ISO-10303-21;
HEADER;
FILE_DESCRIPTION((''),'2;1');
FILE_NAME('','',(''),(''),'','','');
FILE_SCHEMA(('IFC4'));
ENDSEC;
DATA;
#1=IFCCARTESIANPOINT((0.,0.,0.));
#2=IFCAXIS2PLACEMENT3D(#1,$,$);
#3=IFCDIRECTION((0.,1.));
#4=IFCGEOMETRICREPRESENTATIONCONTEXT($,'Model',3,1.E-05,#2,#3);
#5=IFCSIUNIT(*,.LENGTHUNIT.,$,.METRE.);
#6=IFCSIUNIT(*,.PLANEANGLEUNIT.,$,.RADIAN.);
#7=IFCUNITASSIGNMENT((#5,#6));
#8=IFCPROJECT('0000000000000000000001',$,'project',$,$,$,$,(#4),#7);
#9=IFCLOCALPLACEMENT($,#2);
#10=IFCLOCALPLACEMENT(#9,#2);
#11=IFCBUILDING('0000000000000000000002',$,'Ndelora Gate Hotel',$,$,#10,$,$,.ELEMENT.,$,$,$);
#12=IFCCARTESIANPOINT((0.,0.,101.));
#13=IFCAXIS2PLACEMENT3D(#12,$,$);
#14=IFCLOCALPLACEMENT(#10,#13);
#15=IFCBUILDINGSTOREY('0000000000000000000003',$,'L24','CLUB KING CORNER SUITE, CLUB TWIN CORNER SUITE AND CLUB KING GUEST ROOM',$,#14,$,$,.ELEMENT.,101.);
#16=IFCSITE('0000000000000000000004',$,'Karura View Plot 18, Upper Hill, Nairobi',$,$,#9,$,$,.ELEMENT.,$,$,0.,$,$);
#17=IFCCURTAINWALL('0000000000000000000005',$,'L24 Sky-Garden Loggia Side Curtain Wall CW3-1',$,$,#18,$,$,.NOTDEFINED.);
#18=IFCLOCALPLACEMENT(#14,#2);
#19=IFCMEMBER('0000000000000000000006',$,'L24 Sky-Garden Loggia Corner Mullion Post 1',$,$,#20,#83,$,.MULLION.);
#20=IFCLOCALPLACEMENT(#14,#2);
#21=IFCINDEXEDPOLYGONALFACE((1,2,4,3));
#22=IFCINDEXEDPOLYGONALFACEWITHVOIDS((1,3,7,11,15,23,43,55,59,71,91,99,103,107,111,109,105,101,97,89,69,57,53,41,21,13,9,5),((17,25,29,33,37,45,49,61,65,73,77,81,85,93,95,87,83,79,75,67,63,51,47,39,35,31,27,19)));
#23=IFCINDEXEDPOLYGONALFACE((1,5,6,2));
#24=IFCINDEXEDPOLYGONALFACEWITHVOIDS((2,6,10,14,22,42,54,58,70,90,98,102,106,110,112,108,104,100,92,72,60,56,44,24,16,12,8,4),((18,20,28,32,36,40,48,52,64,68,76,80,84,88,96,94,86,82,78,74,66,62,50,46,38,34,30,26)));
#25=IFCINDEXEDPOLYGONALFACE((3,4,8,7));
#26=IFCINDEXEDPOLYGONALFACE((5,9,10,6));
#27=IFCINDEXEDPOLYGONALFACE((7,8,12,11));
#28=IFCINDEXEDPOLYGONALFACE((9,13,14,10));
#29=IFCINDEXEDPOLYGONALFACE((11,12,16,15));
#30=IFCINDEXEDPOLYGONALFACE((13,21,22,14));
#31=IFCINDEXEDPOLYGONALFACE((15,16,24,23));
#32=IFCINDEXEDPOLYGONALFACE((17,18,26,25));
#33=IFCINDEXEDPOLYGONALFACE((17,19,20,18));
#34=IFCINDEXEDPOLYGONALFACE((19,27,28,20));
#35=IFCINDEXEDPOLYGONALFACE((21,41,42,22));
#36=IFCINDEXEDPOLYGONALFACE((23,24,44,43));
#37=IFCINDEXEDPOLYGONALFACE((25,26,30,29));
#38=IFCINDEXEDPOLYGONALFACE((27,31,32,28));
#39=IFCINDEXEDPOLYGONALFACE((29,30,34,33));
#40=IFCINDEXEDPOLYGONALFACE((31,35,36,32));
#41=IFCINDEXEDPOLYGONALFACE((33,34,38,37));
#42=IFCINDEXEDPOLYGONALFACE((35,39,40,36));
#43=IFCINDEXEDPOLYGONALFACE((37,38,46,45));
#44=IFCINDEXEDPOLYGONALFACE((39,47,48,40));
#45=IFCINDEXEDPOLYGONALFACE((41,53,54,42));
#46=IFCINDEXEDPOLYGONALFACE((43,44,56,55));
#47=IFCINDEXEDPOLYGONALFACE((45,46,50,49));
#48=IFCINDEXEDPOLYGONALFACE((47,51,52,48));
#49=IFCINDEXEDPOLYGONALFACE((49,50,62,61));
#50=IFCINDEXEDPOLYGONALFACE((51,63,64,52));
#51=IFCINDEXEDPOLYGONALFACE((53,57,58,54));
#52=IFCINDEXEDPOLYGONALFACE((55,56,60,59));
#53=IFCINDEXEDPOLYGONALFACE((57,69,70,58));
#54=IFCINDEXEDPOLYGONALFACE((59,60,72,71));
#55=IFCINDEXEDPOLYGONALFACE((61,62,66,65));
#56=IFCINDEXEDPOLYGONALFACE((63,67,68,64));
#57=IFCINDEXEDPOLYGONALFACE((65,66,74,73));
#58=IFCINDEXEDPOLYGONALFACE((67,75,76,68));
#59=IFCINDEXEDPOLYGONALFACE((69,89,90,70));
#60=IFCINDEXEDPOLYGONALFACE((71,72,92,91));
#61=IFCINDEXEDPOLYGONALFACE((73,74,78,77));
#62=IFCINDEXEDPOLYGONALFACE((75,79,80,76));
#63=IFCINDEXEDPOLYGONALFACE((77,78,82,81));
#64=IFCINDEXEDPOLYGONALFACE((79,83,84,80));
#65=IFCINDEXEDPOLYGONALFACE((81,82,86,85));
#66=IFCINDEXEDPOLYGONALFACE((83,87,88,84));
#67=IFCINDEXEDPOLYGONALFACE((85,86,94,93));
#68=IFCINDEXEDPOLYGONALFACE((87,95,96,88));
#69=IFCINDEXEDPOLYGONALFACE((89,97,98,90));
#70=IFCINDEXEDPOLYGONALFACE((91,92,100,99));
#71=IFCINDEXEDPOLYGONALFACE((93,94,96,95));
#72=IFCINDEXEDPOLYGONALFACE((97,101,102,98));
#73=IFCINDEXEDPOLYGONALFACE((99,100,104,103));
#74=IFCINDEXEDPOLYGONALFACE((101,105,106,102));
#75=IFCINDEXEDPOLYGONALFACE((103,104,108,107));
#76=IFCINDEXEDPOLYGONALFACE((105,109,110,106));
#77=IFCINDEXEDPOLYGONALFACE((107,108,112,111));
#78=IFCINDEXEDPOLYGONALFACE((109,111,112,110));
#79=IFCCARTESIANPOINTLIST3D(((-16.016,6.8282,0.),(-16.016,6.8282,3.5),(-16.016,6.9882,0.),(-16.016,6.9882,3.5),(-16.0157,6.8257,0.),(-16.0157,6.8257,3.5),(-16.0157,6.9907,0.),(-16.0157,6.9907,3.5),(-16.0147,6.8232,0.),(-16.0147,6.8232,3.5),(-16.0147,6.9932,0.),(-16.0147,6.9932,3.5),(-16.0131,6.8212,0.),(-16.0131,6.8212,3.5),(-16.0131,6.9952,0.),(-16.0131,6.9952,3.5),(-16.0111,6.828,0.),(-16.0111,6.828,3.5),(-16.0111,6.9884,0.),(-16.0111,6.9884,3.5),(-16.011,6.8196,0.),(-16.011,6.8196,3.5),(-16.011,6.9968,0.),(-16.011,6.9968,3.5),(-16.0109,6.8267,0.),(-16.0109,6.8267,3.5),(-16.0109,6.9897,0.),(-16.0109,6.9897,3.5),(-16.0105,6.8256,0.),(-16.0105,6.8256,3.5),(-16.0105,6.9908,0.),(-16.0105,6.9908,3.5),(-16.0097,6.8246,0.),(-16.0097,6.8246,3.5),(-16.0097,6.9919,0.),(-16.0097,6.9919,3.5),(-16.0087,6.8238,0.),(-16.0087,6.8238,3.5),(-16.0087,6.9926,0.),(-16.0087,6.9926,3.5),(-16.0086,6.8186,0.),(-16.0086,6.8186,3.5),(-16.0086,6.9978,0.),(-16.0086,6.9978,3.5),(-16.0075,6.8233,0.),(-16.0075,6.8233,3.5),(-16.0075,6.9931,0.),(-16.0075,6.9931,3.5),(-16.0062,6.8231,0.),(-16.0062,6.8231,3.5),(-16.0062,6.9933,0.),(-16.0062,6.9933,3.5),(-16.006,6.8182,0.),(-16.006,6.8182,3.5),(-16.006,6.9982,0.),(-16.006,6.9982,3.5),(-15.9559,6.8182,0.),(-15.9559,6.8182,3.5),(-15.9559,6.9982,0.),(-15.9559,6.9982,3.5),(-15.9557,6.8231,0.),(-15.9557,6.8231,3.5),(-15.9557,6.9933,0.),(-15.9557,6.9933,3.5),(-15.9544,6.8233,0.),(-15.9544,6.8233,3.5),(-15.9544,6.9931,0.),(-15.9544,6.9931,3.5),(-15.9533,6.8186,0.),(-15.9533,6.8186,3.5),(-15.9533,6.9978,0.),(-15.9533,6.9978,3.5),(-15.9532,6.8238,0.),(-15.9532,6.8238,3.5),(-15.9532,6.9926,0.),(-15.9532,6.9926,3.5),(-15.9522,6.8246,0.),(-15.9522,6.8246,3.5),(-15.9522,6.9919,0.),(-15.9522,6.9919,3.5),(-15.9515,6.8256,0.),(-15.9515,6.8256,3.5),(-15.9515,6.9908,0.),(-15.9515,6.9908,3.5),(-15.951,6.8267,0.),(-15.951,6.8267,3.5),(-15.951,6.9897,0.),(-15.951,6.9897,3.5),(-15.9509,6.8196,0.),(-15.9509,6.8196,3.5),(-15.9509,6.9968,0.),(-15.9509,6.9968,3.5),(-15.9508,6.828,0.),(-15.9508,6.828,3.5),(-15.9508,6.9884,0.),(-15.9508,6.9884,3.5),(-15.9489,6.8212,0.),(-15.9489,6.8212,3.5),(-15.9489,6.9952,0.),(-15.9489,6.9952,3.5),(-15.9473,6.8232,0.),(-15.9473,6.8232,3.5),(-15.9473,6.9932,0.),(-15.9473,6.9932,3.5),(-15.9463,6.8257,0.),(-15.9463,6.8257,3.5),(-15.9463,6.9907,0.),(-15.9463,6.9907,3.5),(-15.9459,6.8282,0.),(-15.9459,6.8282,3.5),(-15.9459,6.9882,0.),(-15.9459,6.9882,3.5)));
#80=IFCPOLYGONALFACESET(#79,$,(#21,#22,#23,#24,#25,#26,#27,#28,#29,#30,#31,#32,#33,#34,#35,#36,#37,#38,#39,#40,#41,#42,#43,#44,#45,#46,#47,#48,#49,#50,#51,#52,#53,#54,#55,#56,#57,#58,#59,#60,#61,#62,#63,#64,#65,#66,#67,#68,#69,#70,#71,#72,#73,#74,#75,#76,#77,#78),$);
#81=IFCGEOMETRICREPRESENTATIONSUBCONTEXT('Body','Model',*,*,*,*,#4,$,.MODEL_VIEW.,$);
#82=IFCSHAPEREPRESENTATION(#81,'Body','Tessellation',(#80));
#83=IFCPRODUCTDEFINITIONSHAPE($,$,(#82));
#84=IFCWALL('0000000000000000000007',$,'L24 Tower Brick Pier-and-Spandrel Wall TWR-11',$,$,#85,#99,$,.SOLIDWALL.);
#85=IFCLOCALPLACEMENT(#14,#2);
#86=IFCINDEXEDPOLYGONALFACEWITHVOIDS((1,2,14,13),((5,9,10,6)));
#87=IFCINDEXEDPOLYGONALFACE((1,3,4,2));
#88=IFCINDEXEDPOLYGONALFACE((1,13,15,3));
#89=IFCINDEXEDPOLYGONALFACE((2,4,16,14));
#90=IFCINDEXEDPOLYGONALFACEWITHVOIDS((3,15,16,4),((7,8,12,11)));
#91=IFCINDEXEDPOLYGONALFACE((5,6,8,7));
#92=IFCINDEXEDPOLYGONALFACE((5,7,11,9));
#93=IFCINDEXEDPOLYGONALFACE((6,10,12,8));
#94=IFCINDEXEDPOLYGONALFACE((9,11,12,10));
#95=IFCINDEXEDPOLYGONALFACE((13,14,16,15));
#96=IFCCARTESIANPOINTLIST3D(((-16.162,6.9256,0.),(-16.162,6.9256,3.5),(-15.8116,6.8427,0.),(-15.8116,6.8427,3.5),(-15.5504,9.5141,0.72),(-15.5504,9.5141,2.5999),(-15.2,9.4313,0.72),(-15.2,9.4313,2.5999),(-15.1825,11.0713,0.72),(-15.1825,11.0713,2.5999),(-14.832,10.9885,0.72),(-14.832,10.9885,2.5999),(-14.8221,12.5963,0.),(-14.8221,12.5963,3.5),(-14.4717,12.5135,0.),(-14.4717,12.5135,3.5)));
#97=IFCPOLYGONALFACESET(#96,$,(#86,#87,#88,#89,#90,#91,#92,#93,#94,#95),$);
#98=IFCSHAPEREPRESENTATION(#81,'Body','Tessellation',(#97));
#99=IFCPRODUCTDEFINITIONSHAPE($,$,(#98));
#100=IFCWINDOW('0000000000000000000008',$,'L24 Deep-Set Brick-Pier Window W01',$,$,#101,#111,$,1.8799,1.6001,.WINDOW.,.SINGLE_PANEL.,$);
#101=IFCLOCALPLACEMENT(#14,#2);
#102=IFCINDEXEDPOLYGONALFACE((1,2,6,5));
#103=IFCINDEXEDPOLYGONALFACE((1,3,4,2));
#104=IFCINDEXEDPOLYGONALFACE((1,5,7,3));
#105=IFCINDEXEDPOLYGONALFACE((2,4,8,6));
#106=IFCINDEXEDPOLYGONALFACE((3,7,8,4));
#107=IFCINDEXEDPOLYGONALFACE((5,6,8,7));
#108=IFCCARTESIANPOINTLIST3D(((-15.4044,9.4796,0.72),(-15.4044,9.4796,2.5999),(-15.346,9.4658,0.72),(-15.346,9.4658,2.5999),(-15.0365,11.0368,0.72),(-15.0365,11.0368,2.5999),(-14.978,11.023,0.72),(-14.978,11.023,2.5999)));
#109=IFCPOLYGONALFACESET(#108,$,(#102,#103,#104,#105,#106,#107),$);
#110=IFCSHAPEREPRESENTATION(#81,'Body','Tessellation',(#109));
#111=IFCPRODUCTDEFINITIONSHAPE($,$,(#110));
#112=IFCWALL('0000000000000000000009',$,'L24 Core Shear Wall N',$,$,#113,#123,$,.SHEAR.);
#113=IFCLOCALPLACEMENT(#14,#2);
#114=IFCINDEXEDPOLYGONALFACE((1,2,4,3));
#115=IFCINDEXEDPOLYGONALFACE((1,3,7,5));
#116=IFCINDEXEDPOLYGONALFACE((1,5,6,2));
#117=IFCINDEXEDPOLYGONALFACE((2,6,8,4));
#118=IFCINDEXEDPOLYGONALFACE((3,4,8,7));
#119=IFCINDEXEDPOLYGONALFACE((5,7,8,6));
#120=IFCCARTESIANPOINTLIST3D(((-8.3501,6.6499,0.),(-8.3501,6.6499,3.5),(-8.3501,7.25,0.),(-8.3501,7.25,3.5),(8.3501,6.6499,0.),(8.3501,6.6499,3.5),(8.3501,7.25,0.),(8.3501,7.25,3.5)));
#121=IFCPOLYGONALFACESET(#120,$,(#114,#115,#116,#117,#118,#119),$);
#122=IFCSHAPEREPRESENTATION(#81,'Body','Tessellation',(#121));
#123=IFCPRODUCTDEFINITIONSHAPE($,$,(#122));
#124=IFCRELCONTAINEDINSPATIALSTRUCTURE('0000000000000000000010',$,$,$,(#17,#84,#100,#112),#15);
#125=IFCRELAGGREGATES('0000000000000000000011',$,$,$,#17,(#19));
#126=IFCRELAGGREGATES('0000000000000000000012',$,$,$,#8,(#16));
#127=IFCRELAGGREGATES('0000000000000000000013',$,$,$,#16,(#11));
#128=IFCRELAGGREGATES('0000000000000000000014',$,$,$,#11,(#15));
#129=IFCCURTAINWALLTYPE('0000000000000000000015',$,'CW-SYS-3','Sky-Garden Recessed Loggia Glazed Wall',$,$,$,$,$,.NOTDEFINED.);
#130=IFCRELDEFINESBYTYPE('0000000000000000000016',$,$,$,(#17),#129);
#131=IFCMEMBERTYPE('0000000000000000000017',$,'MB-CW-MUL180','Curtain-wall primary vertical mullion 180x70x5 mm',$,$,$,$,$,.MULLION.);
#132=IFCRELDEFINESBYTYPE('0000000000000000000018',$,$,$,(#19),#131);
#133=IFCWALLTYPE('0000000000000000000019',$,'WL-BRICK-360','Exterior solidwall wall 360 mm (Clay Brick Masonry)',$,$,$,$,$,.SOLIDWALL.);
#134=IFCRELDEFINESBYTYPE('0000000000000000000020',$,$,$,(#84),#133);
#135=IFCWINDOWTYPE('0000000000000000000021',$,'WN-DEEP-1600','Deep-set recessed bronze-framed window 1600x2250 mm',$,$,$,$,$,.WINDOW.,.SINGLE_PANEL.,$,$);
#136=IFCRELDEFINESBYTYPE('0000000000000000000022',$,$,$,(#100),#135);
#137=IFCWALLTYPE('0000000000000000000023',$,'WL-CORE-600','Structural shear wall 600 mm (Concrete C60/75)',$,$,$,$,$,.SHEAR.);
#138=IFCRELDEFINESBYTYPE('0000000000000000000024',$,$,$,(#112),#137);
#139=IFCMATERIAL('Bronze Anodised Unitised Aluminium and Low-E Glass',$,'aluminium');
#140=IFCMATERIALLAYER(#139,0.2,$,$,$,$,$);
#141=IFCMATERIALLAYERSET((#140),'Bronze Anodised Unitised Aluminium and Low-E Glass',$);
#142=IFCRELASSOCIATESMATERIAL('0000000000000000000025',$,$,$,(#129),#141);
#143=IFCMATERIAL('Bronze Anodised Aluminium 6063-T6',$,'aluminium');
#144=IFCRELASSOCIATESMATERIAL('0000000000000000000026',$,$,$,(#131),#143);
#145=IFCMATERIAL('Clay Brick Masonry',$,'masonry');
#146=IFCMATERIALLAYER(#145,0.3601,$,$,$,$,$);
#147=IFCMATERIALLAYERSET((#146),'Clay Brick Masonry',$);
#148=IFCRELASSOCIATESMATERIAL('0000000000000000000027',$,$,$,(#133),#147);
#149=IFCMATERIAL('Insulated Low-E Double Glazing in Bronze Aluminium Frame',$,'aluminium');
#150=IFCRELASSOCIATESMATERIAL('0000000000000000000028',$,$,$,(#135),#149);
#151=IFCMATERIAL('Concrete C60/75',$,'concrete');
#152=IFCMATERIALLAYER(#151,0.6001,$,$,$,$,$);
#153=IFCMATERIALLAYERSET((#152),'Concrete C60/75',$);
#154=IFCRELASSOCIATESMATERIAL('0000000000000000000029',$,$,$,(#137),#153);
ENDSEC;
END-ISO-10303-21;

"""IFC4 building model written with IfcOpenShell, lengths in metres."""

from ifc_helpers import new_model, si_unit, direction, frame, frame_2d, origin, origin_2d, place, context, subcontext, project, spatial, rectangle, hollow_rectangle, extrude, material, layer, layer_set, material_profile, profile_set, type_object, element, fill, aggregate, save


model = new_model("IFC4")

# Units and contexts
model_context = context("Model", 3, precision=1e-05, world=origin(), true_north=direction((0.0, 1.0)))
body_context = subcontext(model_context, "Body", "Model", "MODEL_VIEW")
ifc_project = project(units=[si_unit("LENGTHUNIT", "METRE"), si_unit("PLANEANGLEUNIT", "RADIAN")], contexts=[model_context])

# Site, building, storey
site_placement = place(None, origin())
site = spatial("IfcSite", under=ifc_project, at=site_placement, Name="Karura View Plot 18, Upper Hill, Nairobi", CompositionType="ELEMENT", RefElevation=0.0)
building_placement = place(site_placement, origin())
building = spatial("IfcBuilding", under=site, at=building_placement, Name="Ndelora Gate Hotel", CompositionType="ELEMENT")
storey_placement = place(building_placement, frame((0.0, 0.0, 101.0)))
storey = spatial("IfcBuildingStorey", under=building, at=storey_placement, Name="L24", Description="CLUB KING CORNER SUITE, CLUB TWIN CORNER SUITE AND CLUB KING GUEST ROOM", CompositionType="ELEMENT", Elevation=101.0)

# Shared definitions
ifc_material_1 = material(Name="Concrete C60/75", Category="concrete")

# Curtain wall, member
ifc_material_2 = material(Name="Bronze Anodised Unitised Aluminium and Low-E Glass", Category="aluminium")
ifc_layer_1 = layer(ifc_material_2, 0.2)
ifc_layer_set_1 = layer_set([ifc_layer_1], Name="Bronze Anodised Unitised Aluminium and Low-E Glass")
curtain_wall_type = type_object("IfcCurtainWallType", Name="CW-SYS-3", Description="Sky-Garden Recessed Loggia Glazed Wall", PredefinedType="NOTDEFINED", material=ifc_layer_set_1)
curtain_wall_placement = place(storey_placement, origin())
curtain_wall = element("IfcCurtainWall", 1, at=curtain_wall_placement, inside=storey, type_object=curtain_wall_type, Name="L24 Sky-Garden Loggia Side Curtain Wall CW3-1", PredefinedType="NOTDEFINED")
ifc_material_3 = material(Name="Bronze Anodised Aluminium 6063-T6", Category="aluminium")
ifc_material_profile_1 = material_profile(ifc_material_3, hollow_rectangle(XDim=0.0701, YDim=0.1799, WallThickness=0.0049, InnerFilletRadius=0.0049, OuterFilletRadius=0.01, at=origin_2d()), Name="ALU 180x70x5")
ifc_profile_set_1 = profile_set([ifc_material_profile_1], Name="Bronze Anodised Aluminium 6063-T6")
member_type_1 = type_object("IfcMemberType", Name="MB-CW-MUL180", Description="Curtain-wall primary vertical mullion 180x70x5 mm", PredefinedType="MULLION", material=ifc_profile_set_1)
member_1_placement = place(storey_placement, frame((-15.981, 6.9082, 0.0), z_axis=(0.0, 0.0, 1.0), x_axis=(1.0, 0.0, 0.0)))
member_1 = element("IfcMember", 2, at=member_1_placement, type_object=member_type_1, Name="L24 Sky-Garden Loggia Corner Mullion Post 1", PredefinedType="MULLION", context=body_context, shape_type="SweptSolid", body=[
    extrude(hollow_rectangle(XDim=0.0701, YDim=0.1799, WallThickness=0.0049, InnerFilletRadius=0.0049, OuterFilletRadius=0.01, at=origin_2d()), origin(), (0.0, 0.0, 1.0), 3.5),
])
aggregate(curtain_wall, [member_1])

# Wall, opening, window
ifc_material_4 = material(Name="Clay Brick Masonry", Category="masonry")
ifc_layer_2 = layer(ifc_material_4, 0.3601)
ifc_layer_set_2 = layer_set([ifc_layer_2], Name="Clay Brick Masonry")
wall_type_1 = type_object("IfcWallType", Name="WL-BRICK-360", Description="Exterior solidwall wall 360 mm (Clay Brick Masonry)", PredefinedType="SOLIDWALL", material=ifc_layer_set_2)
wall_1_placement = place(storey_placement, frame((-15.9868, 6.884, 0.0), z_axis=(0.0, 0.0, 1.0), x_axis=(0.229945, 0.973204, 0.0)))
wall_1 = element("IfcWall", 3, at=wall_1_placement, inside=storey, type_object=wall_type_1, Name="L24 Tower Brick Pier-and-Spandrel Wall TWR-11", PredefinedType="SOLIDWALL", context=body_context, shape_type="SweptSolid", body=[
    extrude(rectangle(XDim=5.8269, YDim=0.3601, at=frame_2d((2.9136, 0.0))), origin(), (0.0, 0.0, 1.0), 3.5),
])
opening_1_placement = place(wall_1_placement, frame((2.6599, 0.0, 0.72)))
opening_1 = element("IfcOpeningElement", 4, at=opening_1_placement, cuts=wall_1, PredefinedType="OPENING", context=body_context, shape_type="SweptSolid", body=[
    extrude(rectangle(XDim=1.6001, YDim=1.8799, at=frame_2d((0.8, 0.9399))), frame((0.0, 0.1899, 0.0), z_axis=(0.0, -1.0, 0.0), x_axis=(1.0, 0.0, 0.0)), (0.0, 0.0, 1.0), 0.3801),
])
ifc_material_5 = material(Name="Insulated Low-E Double Glazing in Bronze Aluminium Frame", Category="aluminium")
window_type = type_object("IfcWindowType", Name="WN-DEEP-1600", Description="Deep-set recessed bronze-framed window 1600x2250 mm", PartitioningType="SINGLE_PANEL", PredefinedType="WINDOW", material=ifc_material_5)
window_placement = place(opening_1_placement, origin())
window = element("IfcWindow", 5, at=window_placement, inside=storey, type_object=window_type, Name="L24 Deep-Set Brick-Pier Window W01", OverallHeight=1.8799, OverallWidth=1.6001, PartitioningType="SINGLE_PANEL", PredefinedType="WINDOW", context=body_context, shape_type="SweptSolid", body=[
    extrude(rectangle(XDim=1.6001, YDim=1.8799, at=frame_2d((0.8, 0.9399))), frame((0.0, 0.03, 0.0), z_axis=(0.0, -1.0, 0.0), x_axis=(1.0, 0.0, 0.0)), (0.0, 0.0, 1.0), 0.0601),
])
fill(opening_1, window)

# Wall
ifc_layer_3 = layer(ifc_material_1, 0.6001)
ifc_layer_set_3 = layer_set([ifc_layer_3], Name="Concrete C60/75")
wall_type_2 = type_object("IfcWallType", Name="WL-CORE-600", Description="Structural shear wall 600 mm (Concrete C60/75)", PredefinedType="SHEAR", material=ifc_layer_set_3)
wall_2_placement = place(storey_placement, frame((-8.3501, 6.95, 0.0), z_axis=(0.0, 0.0, 1.0), x_axis=(1.0, 0.0, 0.0)))
element("IfcWall", 6, at=wall_2_placement, inside=storey, type_object=wall_type_2, Name="L24 Core Shear Wall N", PredefinedType="SHEAR", context=body_context, shape_type="SweptSolid", body=[
    extrude(rectangle(XDim=16.7002, YDim=0.6001, at=frame_2d((8.3501, 0.0))), origin(), (0.0, 0.0, 1.0), 3.5),
])

save(model, "model.ifc")
